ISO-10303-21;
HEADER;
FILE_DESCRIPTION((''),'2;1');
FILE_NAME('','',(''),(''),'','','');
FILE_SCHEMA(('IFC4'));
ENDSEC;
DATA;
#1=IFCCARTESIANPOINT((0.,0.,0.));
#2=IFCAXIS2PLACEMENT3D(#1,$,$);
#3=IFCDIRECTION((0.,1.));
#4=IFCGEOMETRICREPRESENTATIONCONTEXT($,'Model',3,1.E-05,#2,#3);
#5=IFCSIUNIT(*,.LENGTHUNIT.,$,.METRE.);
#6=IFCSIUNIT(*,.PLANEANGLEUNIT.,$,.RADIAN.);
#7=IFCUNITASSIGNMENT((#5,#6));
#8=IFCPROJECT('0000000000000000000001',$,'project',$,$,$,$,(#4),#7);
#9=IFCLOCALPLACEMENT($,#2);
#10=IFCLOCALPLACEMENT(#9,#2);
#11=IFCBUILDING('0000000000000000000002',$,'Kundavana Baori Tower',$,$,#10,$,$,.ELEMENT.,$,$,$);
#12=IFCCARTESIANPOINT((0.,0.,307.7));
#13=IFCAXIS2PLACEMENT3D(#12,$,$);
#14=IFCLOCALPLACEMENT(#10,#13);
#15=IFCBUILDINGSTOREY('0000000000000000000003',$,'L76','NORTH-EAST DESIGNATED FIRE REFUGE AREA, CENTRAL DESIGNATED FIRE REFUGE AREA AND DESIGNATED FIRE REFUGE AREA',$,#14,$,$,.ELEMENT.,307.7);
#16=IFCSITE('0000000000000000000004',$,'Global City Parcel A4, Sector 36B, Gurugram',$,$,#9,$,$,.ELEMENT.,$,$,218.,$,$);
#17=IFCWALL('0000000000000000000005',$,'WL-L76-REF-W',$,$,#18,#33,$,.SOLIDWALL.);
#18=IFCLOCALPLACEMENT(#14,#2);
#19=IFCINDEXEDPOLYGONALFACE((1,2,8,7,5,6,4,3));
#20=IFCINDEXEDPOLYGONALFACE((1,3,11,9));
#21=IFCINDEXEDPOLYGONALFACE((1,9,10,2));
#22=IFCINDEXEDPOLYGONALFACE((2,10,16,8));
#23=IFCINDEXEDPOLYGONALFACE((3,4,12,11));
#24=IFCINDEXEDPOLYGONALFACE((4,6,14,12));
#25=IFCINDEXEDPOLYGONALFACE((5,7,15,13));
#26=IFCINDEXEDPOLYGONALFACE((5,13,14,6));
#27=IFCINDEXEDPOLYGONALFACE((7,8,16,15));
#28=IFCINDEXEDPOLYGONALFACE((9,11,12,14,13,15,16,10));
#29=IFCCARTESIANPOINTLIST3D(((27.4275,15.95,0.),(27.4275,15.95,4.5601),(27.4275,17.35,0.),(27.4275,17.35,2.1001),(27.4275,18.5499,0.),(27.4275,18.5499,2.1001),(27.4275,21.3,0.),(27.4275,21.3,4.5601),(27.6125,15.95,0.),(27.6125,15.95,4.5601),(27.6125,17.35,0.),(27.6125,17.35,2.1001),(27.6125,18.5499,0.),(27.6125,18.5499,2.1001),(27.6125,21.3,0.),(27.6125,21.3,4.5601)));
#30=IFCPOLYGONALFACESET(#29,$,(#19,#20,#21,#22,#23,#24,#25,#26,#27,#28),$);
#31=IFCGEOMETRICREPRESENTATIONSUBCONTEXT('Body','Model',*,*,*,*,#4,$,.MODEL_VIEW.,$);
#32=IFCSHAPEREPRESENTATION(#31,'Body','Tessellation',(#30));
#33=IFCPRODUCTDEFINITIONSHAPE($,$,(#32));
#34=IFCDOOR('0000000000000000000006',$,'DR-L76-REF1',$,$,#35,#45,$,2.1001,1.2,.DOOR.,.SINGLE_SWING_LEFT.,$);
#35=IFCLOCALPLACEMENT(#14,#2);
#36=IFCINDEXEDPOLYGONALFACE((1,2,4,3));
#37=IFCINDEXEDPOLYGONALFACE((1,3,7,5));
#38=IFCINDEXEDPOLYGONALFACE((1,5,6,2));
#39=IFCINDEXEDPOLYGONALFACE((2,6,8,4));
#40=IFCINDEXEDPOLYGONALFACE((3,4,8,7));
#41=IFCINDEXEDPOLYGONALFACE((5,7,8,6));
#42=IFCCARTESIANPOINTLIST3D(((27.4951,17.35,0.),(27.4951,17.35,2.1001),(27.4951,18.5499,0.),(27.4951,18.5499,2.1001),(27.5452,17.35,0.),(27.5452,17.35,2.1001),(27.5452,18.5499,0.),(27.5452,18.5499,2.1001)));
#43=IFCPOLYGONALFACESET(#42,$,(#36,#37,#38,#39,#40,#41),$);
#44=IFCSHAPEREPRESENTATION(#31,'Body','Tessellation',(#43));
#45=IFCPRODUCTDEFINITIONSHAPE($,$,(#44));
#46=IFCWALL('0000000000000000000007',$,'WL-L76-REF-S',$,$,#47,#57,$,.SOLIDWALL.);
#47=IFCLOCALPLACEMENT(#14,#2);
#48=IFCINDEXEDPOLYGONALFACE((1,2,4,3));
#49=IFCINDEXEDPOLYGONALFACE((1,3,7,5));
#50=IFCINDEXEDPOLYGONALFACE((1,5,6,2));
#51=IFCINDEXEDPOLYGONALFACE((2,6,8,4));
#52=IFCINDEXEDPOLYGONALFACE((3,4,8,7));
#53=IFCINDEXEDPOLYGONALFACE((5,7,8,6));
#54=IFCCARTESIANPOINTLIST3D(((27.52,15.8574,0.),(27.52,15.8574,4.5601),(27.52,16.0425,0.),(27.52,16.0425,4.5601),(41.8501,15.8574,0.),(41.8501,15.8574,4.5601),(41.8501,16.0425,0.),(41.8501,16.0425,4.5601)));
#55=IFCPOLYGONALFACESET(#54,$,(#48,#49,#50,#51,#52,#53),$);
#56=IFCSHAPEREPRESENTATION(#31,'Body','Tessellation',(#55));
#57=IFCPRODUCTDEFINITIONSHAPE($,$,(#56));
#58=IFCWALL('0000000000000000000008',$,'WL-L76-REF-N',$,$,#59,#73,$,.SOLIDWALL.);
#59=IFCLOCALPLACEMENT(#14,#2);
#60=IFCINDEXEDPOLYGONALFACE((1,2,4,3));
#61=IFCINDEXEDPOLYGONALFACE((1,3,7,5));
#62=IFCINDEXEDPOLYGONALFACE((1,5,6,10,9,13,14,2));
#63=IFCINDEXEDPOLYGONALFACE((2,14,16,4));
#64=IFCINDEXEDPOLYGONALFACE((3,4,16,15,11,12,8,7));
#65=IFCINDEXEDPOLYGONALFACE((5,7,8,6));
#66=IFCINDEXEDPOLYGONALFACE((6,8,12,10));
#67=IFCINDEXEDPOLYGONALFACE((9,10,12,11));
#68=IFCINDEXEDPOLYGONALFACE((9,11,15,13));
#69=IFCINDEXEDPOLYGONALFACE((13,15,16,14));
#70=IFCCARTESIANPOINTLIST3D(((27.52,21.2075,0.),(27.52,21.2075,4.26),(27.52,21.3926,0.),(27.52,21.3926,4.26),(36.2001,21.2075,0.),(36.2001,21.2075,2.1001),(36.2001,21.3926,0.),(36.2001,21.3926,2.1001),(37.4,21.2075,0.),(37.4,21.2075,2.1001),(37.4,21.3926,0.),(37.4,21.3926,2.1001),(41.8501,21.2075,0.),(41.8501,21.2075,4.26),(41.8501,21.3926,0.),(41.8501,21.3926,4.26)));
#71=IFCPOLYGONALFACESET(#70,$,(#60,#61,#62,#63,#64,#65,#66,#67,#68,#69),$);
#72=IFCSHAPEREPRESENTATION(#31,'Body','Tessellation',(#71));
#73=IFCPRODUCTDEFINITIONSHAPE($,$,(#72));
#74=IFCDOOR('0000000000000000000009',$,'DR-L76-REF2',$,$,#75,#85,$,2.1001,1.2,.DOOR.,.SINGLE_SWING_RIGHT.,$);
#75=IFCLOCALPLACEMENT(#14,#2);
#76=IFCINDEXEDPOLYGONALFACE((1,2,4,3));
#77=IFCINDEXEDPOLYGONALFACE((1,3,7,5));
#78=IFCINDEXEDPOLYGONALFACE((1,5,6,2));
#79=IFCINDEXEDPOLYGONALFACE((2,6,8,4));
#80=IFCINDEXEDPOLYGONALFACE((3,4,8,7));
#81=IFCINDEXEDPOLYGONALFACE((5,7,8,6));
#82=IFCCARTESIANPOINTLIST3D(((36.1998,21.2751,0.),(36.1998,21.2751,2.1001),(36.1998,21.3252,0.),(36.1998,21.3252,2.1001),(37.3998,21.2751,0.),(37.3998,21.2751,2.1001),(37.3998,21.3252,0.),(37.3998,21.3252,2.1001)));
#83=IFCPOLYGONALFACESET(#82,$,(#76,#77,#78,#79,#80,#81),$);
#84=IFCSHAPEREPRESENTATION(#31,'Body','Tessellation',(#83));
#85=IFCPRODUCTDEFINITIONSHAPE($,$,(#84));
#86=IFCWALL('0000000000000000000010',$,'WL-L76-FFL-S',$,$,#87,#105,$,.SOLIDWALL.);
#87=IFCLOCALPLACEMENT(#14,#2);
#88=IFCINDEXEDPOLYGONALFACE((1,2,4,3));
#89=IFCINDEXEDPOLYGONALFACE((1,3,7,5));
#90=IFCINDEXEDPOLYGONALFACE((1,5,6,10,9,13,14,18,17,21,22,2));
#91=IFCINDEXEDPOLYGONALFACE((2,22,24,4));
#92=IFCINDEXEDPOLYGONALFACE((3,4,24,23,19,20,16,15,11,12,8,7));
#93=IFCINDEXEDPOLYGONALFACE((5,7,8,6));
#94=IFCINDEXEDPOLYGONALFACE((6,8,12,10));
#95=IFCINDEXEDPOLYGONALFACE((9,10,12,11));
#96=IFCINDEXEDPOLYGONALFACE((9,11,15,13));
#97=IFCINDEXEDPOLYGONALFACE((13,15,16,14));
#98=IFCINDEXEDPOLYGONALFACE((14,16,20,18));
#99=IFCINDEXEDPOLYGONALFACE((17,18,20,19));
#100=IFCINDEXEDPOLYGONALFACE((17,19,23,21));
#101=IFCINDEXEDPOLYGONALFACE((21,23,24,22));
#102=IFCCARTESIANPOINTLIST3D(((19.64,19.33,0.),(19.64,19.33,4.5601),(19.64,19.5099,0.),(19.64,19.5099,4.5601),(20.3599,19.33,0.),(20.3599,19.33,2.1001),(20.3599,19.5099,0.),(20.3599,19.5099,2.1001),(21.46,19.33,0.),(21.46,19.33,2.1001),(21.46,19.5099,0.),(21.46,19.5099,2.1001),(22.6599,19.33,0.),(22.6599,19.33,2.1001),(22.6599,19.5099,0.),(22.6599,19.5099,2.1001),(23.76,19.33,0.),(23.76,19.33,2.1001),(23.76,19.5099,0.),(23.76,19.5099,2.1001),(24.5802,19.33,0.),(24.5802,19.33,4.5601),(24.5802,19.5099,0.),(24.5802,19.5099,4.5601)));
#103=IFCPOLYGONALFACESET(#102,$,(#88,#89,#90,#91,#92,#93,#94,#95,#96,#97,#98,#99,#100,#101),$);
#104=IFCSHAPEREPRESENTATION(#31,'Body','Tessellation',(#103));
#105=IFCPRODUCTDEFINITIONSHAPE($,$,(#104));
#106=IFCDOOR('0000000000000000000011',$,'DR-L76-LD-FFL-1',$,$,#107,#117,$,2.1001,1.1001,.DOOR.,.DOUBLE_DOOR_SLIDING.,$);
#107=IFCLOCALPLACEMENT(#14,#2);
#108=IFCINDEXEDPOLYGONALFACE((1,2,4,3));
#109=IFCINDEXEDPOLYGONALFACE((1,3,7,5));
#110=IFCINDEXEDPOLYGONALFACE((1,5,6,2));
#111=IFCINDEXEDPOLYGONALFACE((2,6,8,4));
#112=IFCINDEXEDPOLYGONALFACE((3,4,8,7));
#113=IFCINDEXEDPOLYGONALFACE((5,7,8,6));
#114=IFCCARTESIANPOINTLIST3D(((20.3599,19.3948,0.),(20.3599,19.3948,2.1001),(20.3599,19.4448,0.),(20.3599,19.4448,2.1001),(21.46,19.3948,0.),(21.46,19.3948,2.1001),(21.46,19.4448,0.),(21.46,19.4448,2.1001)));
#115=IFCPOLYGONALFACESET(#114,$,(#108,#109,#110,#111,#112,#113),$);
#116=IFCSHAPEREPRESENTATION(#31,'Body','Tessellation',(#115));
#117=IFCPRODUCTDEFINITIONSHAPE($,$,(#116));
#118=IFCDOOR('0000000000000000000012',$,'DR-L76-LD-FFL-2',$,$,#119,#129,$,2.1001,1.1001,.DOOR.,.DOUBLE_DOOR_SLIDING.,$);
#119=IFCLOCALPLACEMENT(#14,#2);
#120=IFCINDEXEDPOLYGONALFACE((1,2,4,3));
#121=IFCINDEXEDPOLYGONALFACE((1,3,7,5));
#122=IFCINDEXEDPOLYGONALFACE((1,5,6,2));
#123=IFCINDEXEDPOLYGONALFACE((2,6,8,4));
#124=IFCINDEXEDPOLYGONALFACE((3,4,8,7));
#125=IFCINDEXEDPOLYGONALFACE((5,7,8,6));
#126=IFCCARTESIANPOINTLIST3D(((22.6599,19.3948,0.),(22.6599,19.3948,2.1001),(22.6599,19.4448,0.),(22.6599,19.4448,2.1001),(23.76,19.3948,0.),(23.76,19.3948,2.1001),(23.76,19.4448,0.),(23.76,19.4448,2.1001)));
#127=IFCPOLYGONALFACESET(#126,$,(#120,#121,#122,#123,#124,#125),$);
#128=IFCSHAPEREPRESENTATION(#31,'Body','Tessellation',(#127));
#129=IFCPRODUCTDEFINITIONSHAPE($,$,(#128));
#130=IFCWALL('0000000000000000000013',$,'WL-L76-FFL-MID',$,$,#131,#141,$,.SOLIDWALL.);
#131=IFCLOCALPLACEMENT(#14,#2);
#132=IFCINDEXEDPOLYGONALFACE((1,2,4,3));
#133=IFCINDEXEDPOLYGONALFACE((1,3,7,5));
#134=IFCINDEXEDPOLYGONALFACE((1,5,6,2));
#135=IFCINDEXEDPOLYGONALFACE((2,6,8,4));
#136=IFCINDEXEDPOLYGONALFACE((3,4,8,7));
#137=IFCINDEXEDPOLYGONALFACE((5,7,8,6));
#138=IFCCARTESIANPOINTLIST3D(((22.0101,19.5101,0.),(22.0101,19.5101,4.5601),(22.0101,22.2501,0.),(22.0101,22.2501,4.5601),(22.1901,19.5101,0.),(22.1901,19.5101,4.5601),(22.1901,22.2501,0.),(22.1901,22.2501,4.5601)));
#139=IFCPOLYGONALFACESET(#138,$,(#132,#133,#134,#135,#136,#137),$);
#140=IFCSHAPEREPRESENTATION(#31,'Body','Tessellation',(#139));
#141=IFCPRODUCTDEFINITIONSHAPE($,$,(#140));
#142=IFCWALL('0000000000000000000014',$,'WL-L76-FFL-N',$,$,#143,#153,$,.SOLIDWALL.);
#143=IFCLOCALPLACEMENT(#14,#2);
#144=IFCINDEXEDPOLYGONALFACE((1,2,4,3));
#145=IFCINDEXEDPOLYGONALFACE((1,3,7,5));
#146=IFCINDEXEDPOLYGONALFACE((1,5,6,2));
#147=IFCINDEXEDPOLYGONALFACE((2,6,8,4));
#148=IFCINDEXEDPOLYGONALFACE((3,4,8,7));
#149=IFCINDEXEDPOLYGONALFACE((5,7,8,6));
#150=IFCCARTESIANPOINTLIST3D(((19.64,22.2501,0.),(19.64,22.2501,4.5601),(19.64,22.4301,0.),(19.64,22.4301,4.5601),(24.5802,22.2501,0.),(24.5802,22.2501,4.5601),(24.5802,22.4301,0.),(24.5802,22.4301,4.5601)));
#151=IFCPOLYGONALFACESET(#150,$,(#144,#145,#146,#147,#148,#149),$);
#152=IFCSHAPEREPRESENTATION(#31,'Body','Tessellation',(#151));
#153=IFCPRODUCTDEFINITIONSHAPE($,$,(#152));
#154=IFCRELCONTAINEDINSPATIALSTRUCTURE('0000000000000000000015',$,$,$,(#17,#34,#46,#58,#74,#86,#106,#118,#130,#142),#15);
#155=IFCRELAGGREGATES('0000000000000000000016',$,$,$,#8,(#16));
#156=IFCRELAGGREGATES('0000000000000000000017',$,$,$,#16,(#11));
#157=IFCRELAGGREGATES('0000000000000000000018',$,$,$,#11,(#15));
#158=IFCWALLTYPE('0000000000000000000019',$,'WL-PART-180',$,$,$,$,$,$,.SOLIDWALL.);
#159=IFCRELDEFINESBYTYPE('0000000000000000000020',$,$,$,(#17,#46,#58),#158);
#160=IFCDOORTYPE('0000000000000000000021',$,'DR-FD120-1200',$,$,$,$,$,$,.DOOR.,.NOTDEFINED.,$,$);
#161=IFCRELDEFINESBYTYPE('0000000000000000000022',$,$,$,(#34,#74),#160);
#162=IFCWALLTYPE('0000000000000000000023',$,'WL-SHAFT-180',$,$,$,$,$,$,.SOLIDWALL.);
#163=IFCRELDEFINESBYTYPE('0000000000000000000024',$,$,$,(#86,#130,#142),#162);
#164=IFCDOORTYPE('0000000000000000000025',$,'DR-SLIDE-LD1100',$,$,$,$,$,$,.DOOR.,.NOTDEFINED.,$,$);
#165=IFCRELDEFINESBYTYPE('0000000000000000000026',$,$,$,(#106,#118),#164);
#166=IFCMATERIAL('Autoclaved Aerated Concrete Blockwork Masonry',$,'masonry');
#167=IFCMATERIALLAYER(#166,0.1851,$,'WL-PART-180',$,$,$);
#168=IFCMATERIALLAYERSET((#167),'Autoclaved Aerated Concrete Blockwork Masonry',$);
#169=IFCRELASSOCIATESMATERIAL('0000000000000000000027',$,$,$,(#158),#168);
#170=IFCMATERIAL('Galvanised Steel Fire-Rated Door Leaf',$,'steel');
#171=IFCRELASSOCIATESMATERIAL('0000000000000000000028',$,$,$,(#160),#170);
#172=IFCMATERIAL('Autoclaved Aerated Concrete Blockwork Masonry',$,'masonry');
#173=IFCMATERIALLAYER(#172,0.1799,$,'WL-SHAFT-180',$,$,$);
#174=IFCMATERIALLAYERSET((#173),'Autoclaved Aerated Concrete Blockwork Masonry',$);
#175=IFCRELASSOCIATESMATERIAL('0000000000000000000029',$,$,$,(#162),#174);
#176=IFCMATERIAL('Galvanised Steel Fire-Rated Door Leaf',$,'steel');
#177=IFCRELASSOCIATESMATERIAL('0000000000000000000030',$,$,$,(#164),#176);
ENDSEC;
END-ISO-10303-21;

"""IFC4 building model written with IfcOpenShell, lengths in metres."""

from ifc_helpers import new_model, si_unit, direction, frame, frame_2d, origin, place, context, subcontext, project, spatial, rectangle, extrude, material, layer, layer_set, type_object, element, fill, save


model = new_model("IFC4")

# Units and contexts
model_context = context("Model", 3, precision=1e-05, world=origin(), true_north=direction((0.0, 1.0)))
body_context = subcontext(model_context, "Body", "Model", "MODEL_VIEW")
ifc_project = project(units=[si_unit("LENGTHUNIT", "METRE"), si_unit("PLANEANGLEUNIT", "RADIAN")], contexts=[model_context])

# Site, building, storey
site_placement = place(None, origin())
site = spatial("IfcSite", under=ifc_project, at=site_placement, Name="Global City Parcel A4, Sector 36B, Gurugram", CompositionType="ELEMENT", RefElevation=218.0)
building_placement = place(site_placement, origin())
building = spatial("IfcBuilding", under=site, at=building_placement, Name="Kundavana Baori Tower", CompositionType="ELEMENT")
storey_placement = place(building_placement, frame((0.0, 0.0, 307.7)))
storey = spatial("IfcBuildingStorey", under=building, at=storey_placement, Name="L76", Description="NORTH-EAST DESIGNATED FIRE REFUGE AREA, CENTRAL DESIGNATED FIRE REFUGE AREA AND DESIGNATED FIRE REFUGE AREA", CompositionType="ELEMENT", Elevation=307.7)

# Wall, opening, door
ifc_material_1 = material(Name="Autoclaved Aerated Concrete Blockwork Masonry", Category="masonry")
ifc_layer_1 = layer(ifc_material_1, 0.1851, Name="WL-PART-180")
ifc_layer_set_1 = layer_set([ifc_layer_1], Name="Autoclaved Aerated Concrete Blockwork Masonry")
wall_type_1 = type_object("IfcWallType", Name="WL-PART-180", PredefinedType="SOLIDWALL", material=ifc_layer_set_1)
wall_1_placement = place(storey_placement, frame((27.52, 15.95, 0.0), z_axis=(0.0, 0.0, 1.0), x_axis=(0.0, 1.0, 0.0)))
wall_1 = element("IfcWall", 1, at=wall_1_placement, inside=storey, type_object=wall_type_1, Name="WL-L76-REF-W", PredefinedType="SOLIDWALL", context=body_context, shape_type="SweptSolid", body=[
    extrude(rectangle(XDim=5.3501, YDim=0.1851, at=frame_2d((2.675, 0.0))), origin(), (0.0, 0.0, 1.0), 4.5601),
])
opening_1_placement = place(wall_1_placement, frame((1.3999, 0.0, 0.0)))
opening_1 = element("IfcOpeningElement", 2, at=opening_1_placement, cuts=wall_1, PredefinedType="OPENING", context=body_context, shape_type="SweptSolid", body=[
    extrude(rectangle(XDim=1.2, YDim=2.1001, at=frame_2d((0.6001, 1.05))), frame((0.0, 0.1025, 0.0), z_axis=(0.0, -1.0, 0.0), x_axis=(1.0, 0.0, 0.0)), (0.0, 0.0, 1.0), 0.2051),
])
ifc_material_2 = material(Name="Galvanised Steel Fire-Rated Door Leaf", Category="steel")
door_type_1 = type_object("IfcDoorType", Name="DR-FD120-1200", OperationType="NOTDEFINED", PredefinedType="DOOR", material=ifc_material_2)
door_1_placement = place(opening_1_placement, origin())
door_1 = element("IfcDoor", 3, at=door_1_placement, inside=storey, type_object=door_type_1, Name="DR-L76-REF1", OperationType="SINGLE_SWING_LEFT", OverallHeight=2.1001, OverallWidth=1.2, PredefinedType="DOOR", context=body_context, shape_type="SweptSolid", body=[
    extrude(rectangle(XDim=1.2, YDim=2.1001, at=frame_2d((0.6001, 1.05))), frame((0.0, 0.0249, 0.0), z_axis=(0.0, -1.0, 0.0), x_axis=(1.0, 0.0, 0.0)), (0.0, 0.0, 1.0), 0.05),
])
fill(opening_1, door_1)

# Wall
wall_2_placement = place(storey_placement, frame((27.52, 15.95, 0.0), z_axis=(0.0, 0.0, 1.0), x_axis=(1.0, 0.0, 0.0)))
element("IfcWall", 4, at=wall_2_placement, inside=storey, type_object=wall_type_1, Name="WL-L76-REF-S", PredefinedType="SOLIDWALL", context=body_context, shape_type="SweptSolid", body=[
    extrude(rectangle(XDim=14.3301, YDim=0.1851, at=frame_2d((7.165, 0.0))), origin(), (0.0, 0.0, 1.0), 4.5601),
])

# Wall, opening, door
wall_3_placement = place(storey_placement, frame((27.52, 21.3, 0.0), z_axis=(0.0, 0.0, 1.0), x_axis=(1.0, 0.0, 0.0)))
wall_3 = element("IfcWall", 5, at=wall_3_placement, inside=storey, type_object=wall_type_1, Name="WL-L76-REF-N", PredefinedType="SOLIDWALL", context=body_context, shape_type="SweptSolid", body=[
    extrude(rectangle(XDim=14.3301, YDim=0.1851, at=frame_2d((7.165, 0.0))), origin(), (0.0, 0.0, 1.0), 4.26),
])
opening_2_placement = place(wall_3_placement, frame((8.6799, 0.0, 0.0)))
opening_2 = element("IfcOpeningElement", 6, at=opening_2_placement, cuts=wall_3, PredefinedType="OPENING", context=body_context, shape_type="SweptSolid", body=[
    extrude(rectangle(XDim=1.2, YDim=2.1001, at=frame_2d((0.6001, 1.05))), frame((0.0, 0.1025, 0.0), z_axis=(0.0, -1.0, 0.0), x_axis=(1.0, 0.0, 0.0)), (0.0, 0.0, 1.0), 0.2051),
])
door_2_placement = place(opening_2_placement, frame((1.2, 0.0, 0.0), z_axis=(0.0, 0.0, 1.0), x_axis=(-1.0, 0.0, 0.0)))
door_2 = element("IfcDoor", 7, at=door_2_placement, inside=storey, type_object=door_type_1, Name="DR-L76-REF2", OperationType="SINGLE_SWING_RIGHT", OverallHeight=2.1001, OverallWidth=1.2, PredefinedType="DOOR", context=body_context, shape_type="SweptSolid", body=[
    extrude(rectangle(XDim=1.2, YDim=2.1001, at=frame_2d((0.6001, 1.05))), frame((0.0, 0.0249, 0.0), z_axis=(0.0, -1.0, 0.0), x_axis=(1.0, 0.0, 0.0)), (0.0, 0.0, 1.0), 0.05),
])
fill(opening_2, door_2)

# Wall, openings, doors
ifc_material_3 = material(Name="Autoclaved Aerated Concrete Blockwork Masonry", Category="masonry")
ifc_layer_2 = layer(ifc_material_3, 0.1799, Name="WL-SHAFT-180")
ifc_layer_set_2 = layer_set([ifc_layer_2], Name="Autoclaved Aerated Concrete Blockwork Masonry")
wall_type_2 = type_object("IfcWallType", Name="WL-SHAFT-180", PredefinedType="SOLIDWALL", material=ifc_layer_set_2)
wall_4_placement = place(storey_placement, frame((19.6399, 19.4199, 0.0), z_axis=(0.0, 0.0, 1.0), x_axis=(1.0, 0.0, 0.0)))
wall_4 = element("IfcWall", 8, at=wall_4_placement, inside=storey, type_object=wall_type_2, Name="WL-L76-FFL-S", PredefinedType="SOLIDWALL", context=body_context, shape_type="SweptSolid", body=[
    extrude(rectangle(XDim=4.9402, YDim=0.1799, at=frame_2d((2.4702, 0.0))), origin(), (0.0, 0.0, 1.0), 4.5601),
])
opening_3_placement = place(wall_4_placement, frame((0.72, 0.0, 0.0)))
opening_3 = element("IfcOpeningElement", 9, at=opening_3_placement, cuts=wall_4, PredefinedType="OPENING", context=body_context, shape_type="SweptSolid", body=[
    extrude(rectangle(XDim=1.1001, YDim=2.1001, at=frame_2d((0.55, 1.05))), frame((0.0, 0.1001, 0.0), z_axis=(0.0, -1.0, 0.0), x_axis=(1.0, 0.0, 0.0)), (0.0, 0.0, 1.0), 0.2),
])
opening_4_placement = place(wall_4_placement, frame((3.02, 0.0, 0.0)))
opening_4 = element("IfcOpeningElement", 10, at=opening_4_placement, cuts=wall_4, PredefinedType="OPENING", context=body_context, shape_type="SweptSolid", body=[
    extrude(rectangle(XDim=1.1001, YDim=2.1001, at=frame_2d((0.55, 1.05))), frame((0.0, 0.1001, 0.0), z_axis=(0.0, -1.0, 0.0), x_axis=(1.0, 0.0, 0.0)), (0.0, 0.0, 1.0), 0.2),
])
ifc_material_4 = material(Name="Galvanised Steel Fire-Rated Door Leaf", Category="steel")
door_type_2 = type_object("IfcDoorType", Name="DR-SLIDE-LD1100", OperationType="NOTDEFINED", PredefinedType="DOOR", material=ifc_material_4)
door_3_placement = place(opening_3_placement, origin())
door_3 = element("IfcDoor", 11, at=door_3_placement, inside=storey, type_object=door_type_2, Name="DR-L76-LD-FFL-1", OperationType="DOUBLE_DOOR_SLIDING", OverallHeight=2.1001, OverallWidth=1.1001, PredefinedType="DOOR", context=body_context, shape_type="SweptSolid", body=[
    extrude(rectangle(XDim=1.1001, YDim=2.1001, at=frame_2d((0.55, 1.05))), frame((0.0, 0.0249, 0.0), z_axis=(0.0, -1.0, 0.0), x_axis=(1.0, 0.0, 0.0)), (0.0, 0.0, 1.0), 0.05),
])
fill(opening_3, door_3)
door_4_placement = place(opening_4_placement, origin())
door_4 = element("IfcDoor", 12, at=door_4_placement, inside=storey, type_object=door_type_2, Name="DR-L76-LD-FFL-2", OperationType="DOUBLE_DOOR_SLIDING", OverallHeight=2.1001, OverallWidth=1.1001, PredefinedType="DOOR", context=body_context, shape_type="SweptSolid", body=[
    extrude(rectangle(XDim=1.1001, YDim=2.1001, at=frame_2d((0.55, 1.05))), frame((0.0, 0.0249, 0.0), z_axis=(0.0, -1.0, 0.0), x_axis=(1.0, 0.0, 0.0)), (0.0, 0.0, 1.0), 0.05),
])
fill(opening_4, door_4)

# Walls
wall_5_placement = place(storey_placement, frame((22.1001, 19.51, 0.0), z_axis=(0.0, 0.0, 1.0), x_axis=(0.0, 1.0, 0.0)))
element("IfcWall", 13, at=wall_5_placement, inside=storey, type_object=wall_type_2, Name="WL-L76-FFL-MID", PredefinedType="SOLIDWALL", context=body_context, shape_type="SweptSolid", body=[
    extrude(rectangle(XDim=2.74, YDim=0.1799, at=frame_2d((1.3701, 0.0))), origin(), (0.0, 0.0, 1.0), 4.5601),
])
wall_6_placement = place(storey_placement, frame((19.6399, 22.3401, 0.0), z_axis=(0.0, 0.0, 1.0), x_axis=(1.0, 0.0, 0.0)))
element("IfcWall", 14, at=wall_6_placement, inside=storey, type_object=wall_type_2, Name="WL-L76-FFL-N", PredefinedType="SOLIDWALL", context=body_context, shape_type="SweptSolid", body=[
    extrude(rectangle(XDim=4.9402, YDim=0.1799, at=frame_2d((2.4702, 0.0))), origin(), (0.0, 0.0, 1.0), 4.5601),
])

save(model, "model.ifc")
